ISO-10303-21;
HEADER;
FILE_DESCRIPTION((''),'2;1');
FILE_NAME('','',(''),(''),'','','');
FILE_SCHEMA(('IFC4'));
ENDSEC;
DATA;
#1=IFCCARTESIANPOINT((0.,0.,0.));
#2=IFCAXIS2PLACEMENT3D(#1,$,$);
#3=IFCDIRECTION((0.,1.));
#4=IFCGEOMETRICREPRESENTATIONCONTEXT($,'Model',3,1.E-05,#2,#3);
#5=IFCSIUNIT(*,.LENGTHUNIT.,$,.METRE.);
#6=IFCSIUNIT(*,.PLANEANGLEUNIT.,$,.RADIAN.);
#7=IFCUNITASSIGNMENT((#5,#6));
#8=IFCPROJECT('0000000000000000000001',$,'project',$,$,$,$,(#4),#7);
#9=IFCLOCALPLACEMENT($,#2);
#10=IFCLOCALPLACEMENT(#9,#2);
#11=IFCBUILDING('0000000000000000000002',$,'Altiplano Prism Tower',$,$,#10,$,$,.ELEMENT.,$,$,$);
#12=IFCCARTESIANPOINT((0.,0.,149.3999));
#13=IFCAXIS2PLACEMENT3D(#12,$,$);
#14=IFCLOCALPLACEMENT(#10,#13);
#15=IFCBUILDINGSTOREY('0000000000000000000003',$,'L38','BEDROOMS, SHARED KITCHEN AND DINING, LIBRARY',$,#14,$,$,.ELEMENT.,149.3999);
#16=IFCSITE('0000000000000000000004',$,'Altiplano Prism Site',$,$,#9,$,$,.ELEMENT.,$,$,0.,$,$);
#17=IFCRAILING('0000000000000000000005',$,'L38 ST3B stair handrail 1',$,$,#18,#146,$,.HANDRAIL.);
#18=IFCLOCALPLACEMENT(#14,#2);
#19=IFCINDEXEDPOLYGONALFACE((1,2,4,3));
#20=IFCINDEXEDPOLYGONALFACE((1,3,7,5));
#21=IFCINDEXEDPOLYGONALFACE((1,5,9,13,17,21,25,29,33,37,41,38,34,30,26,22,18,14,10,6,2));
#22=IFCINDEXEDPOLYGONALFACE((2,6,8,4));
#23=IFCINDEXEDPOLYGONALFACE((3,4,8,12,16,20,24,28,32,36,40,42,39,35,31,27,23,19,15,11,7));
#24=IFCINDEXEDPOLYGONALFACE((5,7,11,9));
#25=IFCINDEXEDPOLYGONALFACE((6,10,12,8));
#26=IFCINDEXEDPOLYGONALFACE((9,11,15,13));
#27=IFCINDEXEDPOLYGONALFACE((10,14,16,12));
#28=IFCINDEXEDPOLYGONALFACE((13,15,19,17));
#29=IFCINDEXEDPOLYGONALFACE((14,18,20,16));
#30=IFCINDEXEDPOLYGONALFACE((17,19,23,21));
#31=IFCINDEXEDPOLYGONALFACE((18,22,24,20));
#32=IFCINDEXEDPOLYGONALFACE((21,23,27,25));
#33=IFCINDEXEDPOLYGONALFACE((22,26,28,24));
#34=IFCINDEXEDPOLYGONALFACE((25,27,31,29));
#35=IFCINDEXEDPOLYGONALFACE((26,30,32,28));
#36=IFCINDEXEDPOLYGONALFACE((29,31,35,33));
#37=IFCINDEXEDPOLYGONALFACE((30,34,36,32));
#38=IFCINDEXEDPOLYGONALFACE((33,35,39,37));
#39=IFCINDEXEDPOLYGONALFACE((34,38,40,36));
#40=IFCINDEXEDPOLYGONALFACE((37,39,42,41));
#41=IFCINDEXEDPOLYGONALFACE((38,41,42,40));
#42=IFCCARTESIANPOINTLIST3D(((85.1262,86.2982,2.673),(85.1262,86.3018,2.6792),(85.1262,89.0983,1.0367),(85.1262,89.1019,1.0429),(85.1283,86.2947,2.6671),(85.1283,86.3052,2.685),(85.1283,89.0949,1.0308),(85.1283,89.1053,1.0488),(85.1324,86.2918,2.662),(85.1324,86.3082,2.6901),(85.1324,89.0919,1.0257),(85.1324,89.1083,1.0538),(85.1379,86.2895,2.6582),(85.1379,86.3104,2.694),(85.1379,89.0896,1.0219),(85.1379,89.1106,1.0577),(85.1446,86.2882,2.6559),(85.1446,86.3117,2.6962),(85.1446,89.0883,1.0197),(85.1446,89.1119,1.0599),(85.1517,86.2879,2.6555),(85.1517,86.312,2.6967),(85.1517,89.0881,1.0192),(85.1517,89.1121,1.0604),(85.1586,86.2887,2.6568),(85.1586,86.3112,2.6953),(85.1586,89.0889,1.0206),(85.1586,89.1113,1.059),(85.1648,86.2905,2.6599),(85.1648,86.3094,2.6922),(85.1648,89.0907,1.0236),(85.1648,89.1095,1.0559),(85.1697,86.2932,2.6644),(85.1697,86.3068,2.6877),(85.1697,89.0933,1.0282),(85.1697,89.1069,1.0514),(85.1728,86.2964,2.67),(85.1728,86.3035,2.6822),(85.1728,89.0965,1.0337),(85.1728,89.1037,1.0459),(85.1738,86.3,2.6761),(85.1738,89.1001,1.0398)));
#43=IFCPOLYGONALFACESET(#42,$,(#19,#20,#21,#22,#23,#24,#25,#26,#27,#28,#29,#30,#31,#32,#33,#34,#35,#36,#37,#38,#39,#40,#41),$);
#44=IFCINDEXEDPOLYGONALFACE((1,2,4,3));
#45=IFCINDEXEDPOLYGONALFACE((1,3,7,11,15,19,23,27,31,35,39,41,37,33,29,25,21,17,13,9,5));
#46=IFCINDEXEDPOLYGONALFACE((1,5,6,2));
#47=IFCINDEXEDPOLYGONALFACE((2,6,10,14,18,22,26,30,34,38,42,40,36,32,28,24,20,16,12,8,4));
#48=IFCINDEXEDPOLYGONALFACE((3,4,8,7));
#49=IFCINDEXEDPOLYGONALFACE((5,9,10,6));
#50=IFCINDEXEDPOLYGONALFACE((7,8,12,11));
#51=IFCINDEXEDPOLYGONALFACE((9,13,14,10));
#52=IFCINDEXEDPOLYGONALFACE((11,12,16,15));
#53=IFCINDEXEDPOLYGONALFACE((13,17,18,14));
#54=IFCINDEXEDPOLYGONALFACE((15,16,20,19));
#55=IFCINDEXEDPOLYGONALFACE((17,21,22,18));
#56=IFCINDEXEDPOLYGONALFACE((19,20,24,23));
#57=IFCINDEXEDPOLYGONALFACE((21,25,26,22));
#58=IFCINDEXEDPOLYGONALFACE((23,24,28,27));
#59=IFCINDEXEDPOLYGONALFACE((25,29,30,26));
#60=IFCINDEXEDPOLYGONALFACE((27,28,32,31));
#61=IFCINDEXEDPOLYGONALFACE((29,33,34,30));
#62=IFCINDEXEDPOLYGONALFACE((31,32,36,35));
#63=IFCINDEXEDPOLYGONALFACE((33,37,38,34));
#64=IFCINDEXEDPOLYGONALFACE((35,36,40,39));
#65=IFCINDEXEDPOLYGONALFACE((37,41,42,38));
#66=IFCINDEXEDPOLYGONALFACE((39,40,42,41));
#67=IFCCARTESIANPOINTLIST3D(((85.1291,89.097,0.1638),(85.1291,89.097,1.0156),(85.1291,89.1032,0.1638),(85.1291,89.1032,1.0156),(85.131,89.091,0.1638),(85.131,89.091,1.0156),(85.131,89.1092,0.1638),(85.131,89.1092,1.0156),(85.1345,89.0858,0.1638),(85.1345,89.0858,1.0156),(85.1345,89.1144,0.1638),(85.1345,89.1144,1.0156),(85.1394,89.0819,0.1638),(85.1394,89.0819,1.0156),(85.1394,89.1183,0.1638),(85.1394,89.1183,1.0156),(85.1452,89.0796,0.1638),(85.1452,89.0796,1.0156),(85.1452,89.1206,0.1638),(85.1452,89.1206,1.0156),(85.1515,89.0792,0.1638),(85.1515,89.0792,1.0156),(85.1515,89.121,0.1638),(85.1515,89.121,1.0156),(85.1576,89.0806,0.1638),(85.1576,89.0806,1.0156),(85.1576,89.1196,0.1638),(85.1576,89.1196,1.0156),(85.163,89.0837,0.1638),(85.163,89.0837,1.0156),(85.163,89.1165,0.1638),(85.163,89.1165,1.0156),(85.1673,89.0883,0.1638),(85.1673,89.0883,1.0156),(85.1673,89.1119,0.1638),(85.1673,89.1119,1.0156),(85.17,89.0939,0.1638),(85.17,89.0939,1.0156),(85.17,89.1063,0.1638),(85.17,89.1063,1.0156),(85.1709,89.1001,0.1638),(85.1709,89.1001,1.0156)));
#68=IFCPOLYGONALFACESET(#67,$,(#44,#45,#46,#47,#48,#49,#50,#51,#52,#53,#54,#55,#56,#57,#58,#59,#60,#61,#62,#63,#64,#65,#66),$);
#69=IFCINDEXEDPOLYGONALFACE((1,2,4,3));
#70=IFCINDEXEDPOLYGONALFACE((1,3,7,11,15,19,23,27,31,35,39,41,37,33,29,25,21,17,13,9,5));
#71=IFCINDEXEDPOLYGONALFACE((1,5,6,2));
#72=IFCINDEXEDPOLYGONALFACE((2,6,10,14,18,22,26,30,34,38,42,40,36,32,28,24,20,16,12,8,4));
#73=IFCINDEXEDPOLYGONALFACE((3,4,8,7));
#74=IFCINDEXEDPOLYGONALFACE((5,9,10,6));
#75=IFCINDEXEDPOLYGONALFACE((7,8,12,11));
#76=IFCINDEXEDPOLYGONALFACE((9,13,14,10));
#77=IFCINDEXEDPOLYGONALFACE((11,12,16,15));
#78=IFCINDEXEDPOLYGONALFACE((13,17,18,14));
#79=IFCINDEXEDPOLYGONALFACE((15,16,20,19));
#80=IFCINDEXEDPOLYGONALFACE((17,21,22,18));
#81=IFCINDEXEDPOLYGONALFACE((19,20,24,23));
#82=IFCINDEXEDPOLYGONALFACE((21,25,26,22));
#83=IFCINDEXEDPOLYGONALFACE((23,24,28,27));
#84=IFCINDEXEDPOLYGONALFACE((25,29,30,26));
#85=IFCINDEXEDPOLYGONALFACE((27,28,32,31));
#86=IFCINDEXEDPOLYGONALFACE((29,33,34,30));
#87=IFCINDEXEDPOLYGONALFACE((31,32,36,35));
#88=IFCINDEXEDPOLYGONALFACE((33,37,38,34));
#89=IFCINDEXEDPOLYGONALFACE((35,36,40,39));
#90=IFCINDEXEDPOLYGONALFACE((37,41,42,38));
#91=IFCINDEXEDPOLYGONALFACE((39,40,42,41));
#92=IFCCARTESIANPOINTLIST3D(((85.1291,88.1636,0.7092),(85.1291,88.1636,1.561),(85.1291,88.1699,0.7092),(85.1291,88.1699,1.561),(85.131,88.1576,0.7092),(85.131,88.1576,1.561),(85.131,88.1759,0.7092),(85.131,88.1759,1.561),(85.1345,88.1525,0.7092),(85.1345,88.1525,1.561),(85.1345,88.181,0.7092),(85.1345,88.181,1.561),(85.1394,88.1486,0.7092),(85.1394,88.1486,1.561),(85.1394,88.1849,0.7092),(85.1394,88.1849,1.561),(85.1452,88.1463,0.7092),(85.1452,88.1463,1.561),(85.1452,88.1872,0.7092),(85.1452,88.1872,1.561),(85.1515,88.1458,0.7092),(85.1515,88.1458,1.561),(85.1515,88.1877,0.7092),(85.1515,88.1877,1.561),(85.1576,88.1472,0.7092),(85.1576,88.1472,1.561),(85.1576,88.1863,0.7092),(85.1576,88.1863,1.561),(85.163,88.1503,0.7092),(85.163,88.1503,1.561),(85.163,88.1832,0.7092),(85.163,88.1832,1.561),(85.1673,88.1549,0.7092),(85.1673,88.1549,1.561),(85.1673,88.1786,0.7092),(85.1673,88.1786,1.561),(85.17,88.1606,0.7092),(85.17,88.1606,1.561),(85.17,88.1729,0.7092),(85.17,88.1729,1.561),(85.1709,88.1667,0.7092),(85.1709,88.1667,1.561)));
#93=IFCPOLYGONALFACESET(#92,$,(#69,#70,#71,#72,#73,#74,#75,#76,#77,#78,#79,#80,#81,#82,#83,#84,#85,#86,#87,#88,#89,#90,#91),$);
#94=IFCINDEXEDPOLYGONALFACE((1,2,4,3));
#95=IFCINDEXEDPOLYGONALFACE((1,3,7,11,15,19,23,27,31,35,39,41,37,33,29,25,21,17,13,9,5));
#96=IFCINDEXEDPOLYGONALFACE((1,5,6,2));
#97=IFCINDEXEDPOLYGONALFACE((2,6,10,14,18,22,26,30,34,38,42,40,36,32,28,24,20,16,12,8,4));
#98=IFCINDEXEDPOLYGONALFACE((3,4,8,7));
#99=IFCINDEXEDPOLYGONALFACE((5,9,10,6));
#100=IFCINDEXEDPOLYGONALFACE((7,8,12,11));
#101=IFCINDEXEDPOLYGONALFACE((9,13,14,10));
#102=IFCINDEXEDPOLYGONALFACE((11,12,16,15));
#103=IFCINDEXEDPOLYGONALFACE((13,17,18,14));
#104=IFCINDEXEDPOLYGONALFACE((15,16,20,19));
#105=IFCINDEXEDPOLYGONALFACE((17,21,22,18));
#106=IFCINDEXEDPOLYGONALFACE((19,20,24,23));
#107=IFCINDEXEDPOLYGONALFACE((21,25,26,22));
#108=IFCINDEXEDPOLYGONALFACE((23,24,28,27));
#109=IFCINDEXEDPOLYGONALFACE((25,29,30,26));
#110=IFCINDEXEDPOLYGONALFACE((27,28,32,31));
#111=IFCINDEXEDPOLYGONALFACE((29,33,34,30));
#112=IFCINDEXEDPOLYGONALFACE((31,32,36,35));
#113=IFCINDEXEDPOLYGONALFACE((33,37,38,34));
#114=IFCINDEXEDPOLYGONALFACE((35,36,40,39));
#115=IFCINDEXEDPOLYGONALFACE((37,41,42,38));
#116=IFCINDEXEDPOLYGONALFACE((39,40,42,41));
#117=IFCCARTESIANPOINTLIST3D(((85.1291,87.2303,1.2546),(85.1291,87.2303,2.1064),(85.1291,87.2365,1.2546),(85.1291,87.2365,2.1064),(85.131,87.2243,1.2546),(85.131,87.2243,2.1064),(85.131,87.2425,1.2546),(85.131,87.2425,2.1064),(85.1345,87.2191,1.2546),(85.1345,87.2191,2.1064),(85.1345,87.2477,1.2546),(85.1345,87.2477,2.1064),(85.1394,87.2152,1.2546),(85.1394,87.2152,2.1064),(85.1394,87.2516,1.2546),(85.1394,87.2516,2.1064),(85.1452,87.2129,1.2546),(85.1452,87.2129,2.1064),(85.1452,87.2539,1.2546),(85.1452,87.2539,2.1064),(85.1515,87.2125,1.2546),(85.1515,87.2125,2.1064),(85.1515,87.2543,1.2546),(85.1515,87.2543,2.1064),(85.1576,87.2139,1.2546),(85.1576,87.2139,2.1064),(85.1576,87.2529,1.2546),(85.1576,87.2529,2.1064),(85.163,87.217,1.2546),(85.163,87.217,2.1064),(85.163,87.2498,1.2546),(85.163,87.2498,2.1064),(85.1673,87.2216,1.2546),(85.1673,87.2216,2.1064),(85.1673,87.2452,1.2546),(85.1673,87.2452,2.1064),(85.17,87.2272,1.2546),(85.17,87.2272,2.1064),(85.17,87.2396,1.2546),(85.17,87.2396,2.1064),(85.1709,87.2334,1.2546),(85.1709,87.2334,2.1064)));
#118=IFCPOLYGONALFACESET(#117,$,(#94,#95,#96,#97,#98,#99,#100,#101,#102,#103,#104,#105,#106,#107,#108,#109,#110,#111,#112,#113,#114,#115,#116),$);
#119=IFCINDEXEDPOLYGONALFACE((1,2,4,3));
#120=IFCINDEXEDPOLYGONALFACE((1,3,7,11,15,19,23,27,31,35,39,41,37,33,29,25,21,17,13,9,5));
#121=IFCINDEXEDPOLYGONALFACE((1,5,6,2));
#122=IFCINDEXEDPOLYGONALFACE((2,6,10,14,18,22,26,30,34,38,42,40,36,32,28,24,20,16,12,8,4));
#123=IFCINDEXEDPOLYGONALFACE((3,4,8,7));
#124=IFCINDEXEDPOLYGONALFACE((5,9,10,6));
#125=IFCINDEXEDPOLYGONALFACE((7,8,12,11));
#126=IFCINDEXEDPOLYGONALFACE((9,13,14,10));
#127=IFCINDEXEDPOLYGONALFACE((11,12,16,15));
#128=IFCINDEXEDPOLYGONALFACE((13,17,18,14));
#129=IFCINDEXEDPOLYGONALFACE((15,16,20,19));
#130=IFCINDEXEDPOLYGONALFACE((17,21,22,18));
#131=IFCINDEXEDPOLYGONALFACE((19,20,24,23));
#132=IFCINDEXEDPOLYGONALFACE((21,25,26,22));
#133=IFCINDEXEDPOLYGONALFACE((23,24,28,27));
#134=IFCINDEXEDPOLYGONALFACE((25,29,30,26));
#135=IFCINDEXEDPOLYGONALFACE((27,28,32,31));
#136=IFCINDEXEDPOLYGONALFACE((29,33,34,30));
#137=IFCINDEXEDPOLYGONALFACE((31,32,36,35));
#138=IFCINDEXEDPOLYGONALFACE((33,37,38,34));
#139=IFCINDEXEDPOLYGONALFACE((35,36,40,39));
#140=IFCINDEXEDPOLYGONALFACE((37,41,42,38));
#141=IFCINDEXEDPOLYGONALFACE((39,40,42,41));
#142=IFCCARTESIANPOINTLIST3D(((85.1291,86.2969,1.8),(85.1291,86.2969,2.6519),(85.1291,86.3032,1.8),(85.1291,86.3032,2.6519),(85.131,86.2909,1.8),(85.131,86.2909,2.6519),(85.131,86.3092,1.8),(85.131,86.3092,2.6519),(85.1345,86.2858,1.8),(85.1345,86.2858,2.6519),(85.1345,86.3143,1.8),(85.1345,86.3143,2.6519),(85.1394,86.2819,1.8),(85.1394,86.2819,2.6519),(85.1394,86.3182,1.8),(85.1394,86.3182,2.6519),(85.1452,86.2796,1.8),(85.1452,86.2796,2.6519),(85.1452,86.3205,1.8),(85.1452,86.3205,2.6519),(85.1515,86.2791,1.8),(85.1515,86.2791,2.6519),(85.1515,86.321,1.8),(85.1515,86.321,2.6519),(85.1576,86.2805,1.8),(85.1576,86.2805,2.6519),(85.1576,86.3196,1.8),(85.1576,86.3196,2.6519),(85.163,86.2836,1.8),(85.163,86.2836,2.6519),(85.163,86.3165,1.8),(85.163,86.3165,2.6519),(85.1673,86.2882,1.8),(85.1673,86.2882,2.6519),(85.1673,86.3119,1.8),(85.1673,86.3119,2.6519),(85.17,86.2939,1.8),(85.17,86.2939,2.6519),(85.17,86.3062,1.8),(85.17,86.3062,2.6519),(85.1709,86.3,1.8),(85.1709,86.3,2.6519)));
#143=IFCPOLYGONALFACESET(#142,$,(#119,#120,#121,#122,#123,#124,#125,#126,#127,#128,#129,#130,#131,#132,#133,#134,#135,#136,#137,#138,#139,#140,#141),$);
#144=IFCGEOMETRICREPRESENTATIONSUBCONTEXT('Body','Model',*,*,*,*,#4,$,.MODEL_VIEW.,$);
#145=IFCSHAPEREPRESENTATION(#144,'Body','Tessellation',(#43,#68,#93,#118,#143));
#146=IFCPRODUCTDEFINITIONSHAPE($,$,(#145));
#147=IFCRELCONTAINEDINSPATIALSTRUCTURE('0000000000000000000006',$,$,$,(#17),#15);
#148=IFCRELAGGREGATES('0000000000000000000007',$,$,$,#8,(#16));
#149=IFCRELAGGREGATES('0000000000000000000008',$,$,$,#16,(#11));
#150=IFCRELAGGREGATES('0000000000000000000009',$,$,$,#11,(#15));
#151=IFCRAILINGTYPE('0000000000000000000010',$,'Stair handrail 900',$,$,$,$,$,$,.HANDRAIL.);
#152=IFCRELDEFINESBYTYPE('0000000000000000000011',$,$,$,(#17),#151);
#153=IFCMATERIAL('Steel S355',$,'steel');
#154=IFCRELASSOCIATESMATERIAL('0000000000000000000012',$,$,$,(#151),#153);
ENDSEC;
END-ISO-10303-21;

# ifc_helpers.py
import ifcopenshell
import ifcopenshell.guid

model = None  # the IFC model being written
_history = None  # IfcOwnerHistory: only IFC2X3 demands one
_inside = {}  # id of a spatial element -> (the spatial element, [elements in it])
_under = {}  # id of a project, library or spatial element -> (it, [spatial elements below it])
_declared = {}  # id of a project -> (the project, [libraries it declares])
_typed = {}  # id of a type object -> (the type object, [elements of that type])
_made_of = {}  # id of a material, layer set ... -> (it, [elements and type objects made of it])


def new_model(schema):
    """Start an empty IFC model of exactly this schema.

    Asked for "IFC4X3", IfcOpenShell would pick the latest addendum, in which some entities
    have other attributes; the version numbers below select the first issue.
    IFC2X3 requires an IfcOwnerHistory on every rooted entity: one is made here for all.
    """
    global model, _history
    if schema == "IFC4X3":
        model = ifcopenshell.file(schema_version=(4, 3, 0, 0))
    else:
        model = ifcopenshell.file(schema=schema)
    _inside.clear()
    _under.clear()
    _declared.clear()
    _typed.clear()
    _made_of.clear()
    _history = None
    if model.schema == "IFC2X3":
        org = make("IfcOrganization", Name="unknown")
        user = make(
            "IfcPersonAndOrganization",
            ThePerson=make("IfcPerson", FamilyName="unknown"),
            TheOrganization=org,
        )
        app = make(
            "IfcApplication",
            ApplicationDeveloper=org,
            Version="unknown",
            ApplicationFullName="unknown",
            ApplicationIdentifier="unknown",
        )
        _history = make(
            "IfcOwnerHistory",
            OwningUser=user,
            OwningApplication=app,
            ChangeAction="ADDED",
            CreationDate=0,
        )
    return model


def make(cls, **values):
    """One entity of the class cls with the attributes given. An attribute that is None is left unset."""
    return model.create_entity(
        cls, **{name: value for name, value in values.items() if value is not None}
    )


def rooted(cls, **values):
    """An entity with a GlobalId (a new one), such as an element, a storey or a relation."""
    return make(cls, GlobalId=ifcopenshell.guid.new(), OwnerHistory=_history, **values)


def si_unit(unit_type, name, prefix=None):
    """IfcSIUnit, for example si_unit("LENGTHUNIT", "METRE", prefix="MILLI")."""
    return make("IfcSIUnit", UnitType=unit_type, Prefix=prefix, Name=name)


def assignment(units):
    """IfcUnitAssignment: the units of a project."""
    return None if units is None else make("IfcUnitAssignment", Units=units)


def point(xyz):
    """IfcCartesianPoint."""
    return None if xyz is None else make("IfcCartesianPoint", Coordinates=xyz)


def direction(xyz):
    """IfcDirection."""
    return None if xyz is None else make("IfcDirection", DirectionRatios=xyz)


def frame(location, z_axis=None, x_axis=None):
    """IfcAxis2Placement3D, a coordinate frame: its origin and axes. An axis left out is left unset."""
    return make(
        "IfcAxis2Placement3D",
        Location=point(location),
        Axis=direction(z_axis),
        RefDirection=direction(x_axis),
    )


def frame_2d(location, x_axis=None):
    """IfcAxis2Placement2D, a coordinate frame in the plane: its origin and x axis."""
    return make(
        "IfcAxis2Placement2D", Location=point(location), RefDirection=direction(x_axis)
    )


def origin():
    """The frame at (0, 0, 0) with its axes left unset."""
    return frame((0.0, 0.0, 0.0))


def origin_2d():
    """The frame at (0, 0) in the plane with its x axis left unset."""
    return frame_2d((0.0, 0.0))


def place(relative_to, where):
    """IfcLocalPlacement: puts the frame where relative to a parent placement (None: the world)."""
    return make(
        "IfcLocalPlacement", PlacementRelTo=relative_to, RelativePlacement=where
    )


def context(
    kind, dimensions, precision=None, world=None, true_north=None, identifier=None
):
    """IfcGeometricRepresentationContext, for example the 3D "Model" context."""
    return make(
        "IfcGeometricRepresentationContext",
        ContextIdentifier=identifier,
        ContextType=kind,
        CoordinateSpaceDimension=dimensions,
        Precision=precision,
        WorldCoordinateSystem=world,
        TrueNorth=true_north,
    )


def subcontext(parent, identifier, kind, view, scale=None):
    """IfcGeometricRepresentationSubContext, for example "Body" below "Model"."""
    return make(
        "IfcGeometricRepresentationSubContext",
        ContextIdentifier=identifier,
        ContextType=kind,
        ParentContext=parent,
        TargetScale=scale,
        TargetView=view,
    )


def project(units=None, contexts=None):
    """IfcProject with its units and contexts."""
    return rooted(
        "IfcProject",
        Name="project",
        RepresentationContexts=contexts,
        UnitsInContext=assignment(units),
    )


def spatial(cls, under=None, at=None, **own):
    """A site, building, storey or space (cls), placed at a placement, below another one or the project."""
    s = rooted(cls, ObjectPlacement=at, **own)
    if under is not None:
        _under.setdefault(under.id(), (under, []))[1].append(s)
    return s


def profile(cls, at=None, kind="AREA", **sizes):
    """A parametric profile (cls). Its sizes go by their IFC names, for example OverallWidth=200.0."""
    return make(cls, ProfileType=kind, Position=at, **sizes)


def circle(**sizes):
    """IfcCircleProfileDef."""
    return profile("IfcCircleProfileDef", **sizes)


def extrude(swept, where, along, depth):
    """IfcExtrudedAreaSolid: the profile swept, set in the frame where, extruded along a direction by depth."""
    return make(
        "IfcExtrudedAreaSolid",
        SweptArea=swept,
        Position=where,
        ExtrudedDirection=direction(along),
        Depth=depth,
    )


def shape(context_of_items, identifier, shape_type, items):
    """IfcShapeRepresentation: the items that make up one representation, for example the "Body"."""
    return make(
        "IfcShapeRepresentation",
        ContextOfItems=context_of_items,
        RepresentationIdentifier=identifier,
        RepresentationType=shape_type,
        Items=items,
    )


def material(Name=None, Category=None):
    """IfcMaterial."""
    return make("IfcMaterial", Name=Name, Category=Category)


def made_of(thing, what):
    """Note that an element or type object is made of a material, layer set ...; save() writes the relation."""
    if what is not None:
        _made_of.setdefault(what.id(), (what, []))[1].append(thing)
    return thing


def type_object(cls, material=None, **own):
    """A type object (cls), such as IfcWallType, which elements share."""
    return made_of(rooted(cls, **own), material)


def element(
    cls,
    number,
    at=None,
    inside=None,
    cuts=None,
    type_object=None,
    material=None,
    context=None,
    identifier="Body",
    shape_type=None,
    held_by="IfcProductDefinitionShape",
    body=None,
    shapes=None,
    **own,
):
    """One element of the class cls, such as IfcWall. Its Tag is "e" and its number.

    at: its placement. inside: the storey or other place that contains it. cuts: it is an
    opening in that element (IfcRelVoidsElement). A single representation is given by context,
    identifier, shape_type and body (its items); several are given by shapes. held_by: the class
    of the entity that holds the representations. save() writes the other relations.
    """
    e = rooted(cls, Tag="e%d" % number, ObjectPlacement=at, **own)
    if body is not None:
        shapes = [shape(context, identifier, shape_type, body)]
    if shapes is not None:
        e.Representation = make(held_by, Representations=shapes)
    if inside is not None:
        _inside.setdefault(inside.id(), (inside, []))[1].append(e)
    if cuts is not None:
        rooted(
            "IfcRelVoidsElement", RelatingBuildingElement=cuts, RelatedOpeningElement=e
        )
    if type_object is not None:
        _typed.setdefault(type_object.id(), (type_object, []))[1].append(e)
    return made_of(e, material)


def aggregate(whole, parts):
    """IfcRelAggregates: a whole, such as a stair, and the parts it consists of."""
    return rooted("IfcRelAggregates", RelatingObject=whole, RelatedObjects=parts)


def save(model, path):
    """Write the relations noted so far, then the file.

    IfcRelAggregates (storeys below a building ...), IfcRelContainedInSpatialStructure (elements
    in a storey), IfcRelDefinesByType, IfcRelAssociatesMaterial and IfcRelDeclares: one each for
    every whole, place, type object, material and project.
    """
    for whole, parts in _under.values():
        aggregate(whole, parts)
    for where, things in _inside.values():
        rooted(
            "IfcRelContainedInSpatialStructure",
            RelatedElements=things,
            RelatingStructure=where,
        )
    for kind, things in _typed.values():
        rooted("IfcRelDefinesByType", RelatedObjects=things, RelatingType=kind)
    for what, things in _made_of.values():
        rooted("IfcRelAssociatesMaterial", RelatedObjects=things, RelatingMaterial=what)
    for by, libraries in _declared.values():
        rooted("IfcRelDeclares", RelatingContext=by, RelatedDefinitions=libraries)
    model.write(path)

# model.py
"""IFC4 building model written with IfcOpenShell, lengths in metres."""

from ifc_helpers import new_model, si_unit, direction, frame, origin, origin_2d, place, context, subcontext, project, spatial, circle, extrude, material, type_object, element, save


model = new_model("IFC4")

# Units and contexts
model_context = context("Model", 3, precision=1e-05, world=origin(), true_north=direction((0.0, 1.0)))
body_context = subcontext(model_context, "Body", "Model", "MODEL_VIEW")
ifc_project = project(units=[si_unit("LENGTHUNIT", "METRE"), si_unit("PLANEANGLEUNIT", "RADIAN")], contexts=[model_context])

# Site, building, storey
site_placement = place(None, origin())
site = spatial("IfcSite", under=ifc_project, at=site_placement, Name="Altiplano Prism Site", CompositionType="ELEMENT", RefElevation=0.0)
building_placement = place(site_placement, origin())
building = spatial("IfcBuilding", under=site, at=building_placement, Name="Altiplano Prism Tower", CompositionType="ELEMENT")
storey_placement = place(building_placement, frame((0.0, 0.0, 149.3999)))
storey = spatial("IfcBuildingStorey", under=building, at=storey_placement, Name="L38", Description="BEDROOMS, SHARED KITCHEN AND DINING, LIBRARY", CompositionType="ELEMENT", Elevation=149.3999)

# Railing
ifc_material_1 = material(Name="Steel S355", Category="steel")
railing_type_1 = type_object("IfcRailingType", Name="Stair handrail 900", PredefinedType="HANDRAIL", material=ifc_material_1)
for number, where, name in (
    (1, (85.1499, 89.1001, 0.1638), "L38 ST3B stair handrail 1"),
):
    element("IfcRailing", number, at=place(storey_placement, frame(where)), inside=storey, type_object=railing_type_1, Name=name, PredefinedType="HANDRAIL", context=body_context, shape_type="SweptSolid", body=[
        extrude(circle(Radius=0.0239, at=origin_2d()), frame((0.0, 0.0, 0.876), z_axis=(0.0, -0.863394, 0.504531), x_axis=(1.0, 0.0, 0.0)), (0.0, 0.0, 1.0), 3.2432),
        extrude(circle(Radius=0.021, at=origin_2d()), origin(), (0.0, 0.0, 1.0), 0.8518),
        extrude(circle(Radius=0.021, at=origin_2d()), frame((0.0, -0.9333, 0.5454)), (0.0, 0.0, 1.0), 0.8518),
        extrude(circle(Radius=0.021, at=origin_2d()), frame((0.0, -1.8667, 1.0908)), (0.0, 0.0, 1.0), 0.8518),
        extrude(circle(Radius=0.021, at=origin_2d()), frame((0.0, -2.8, 1.6362)), (0.0, 0.0, 1.0), 0.8518),
    ])

save(model, "model.ifc")
